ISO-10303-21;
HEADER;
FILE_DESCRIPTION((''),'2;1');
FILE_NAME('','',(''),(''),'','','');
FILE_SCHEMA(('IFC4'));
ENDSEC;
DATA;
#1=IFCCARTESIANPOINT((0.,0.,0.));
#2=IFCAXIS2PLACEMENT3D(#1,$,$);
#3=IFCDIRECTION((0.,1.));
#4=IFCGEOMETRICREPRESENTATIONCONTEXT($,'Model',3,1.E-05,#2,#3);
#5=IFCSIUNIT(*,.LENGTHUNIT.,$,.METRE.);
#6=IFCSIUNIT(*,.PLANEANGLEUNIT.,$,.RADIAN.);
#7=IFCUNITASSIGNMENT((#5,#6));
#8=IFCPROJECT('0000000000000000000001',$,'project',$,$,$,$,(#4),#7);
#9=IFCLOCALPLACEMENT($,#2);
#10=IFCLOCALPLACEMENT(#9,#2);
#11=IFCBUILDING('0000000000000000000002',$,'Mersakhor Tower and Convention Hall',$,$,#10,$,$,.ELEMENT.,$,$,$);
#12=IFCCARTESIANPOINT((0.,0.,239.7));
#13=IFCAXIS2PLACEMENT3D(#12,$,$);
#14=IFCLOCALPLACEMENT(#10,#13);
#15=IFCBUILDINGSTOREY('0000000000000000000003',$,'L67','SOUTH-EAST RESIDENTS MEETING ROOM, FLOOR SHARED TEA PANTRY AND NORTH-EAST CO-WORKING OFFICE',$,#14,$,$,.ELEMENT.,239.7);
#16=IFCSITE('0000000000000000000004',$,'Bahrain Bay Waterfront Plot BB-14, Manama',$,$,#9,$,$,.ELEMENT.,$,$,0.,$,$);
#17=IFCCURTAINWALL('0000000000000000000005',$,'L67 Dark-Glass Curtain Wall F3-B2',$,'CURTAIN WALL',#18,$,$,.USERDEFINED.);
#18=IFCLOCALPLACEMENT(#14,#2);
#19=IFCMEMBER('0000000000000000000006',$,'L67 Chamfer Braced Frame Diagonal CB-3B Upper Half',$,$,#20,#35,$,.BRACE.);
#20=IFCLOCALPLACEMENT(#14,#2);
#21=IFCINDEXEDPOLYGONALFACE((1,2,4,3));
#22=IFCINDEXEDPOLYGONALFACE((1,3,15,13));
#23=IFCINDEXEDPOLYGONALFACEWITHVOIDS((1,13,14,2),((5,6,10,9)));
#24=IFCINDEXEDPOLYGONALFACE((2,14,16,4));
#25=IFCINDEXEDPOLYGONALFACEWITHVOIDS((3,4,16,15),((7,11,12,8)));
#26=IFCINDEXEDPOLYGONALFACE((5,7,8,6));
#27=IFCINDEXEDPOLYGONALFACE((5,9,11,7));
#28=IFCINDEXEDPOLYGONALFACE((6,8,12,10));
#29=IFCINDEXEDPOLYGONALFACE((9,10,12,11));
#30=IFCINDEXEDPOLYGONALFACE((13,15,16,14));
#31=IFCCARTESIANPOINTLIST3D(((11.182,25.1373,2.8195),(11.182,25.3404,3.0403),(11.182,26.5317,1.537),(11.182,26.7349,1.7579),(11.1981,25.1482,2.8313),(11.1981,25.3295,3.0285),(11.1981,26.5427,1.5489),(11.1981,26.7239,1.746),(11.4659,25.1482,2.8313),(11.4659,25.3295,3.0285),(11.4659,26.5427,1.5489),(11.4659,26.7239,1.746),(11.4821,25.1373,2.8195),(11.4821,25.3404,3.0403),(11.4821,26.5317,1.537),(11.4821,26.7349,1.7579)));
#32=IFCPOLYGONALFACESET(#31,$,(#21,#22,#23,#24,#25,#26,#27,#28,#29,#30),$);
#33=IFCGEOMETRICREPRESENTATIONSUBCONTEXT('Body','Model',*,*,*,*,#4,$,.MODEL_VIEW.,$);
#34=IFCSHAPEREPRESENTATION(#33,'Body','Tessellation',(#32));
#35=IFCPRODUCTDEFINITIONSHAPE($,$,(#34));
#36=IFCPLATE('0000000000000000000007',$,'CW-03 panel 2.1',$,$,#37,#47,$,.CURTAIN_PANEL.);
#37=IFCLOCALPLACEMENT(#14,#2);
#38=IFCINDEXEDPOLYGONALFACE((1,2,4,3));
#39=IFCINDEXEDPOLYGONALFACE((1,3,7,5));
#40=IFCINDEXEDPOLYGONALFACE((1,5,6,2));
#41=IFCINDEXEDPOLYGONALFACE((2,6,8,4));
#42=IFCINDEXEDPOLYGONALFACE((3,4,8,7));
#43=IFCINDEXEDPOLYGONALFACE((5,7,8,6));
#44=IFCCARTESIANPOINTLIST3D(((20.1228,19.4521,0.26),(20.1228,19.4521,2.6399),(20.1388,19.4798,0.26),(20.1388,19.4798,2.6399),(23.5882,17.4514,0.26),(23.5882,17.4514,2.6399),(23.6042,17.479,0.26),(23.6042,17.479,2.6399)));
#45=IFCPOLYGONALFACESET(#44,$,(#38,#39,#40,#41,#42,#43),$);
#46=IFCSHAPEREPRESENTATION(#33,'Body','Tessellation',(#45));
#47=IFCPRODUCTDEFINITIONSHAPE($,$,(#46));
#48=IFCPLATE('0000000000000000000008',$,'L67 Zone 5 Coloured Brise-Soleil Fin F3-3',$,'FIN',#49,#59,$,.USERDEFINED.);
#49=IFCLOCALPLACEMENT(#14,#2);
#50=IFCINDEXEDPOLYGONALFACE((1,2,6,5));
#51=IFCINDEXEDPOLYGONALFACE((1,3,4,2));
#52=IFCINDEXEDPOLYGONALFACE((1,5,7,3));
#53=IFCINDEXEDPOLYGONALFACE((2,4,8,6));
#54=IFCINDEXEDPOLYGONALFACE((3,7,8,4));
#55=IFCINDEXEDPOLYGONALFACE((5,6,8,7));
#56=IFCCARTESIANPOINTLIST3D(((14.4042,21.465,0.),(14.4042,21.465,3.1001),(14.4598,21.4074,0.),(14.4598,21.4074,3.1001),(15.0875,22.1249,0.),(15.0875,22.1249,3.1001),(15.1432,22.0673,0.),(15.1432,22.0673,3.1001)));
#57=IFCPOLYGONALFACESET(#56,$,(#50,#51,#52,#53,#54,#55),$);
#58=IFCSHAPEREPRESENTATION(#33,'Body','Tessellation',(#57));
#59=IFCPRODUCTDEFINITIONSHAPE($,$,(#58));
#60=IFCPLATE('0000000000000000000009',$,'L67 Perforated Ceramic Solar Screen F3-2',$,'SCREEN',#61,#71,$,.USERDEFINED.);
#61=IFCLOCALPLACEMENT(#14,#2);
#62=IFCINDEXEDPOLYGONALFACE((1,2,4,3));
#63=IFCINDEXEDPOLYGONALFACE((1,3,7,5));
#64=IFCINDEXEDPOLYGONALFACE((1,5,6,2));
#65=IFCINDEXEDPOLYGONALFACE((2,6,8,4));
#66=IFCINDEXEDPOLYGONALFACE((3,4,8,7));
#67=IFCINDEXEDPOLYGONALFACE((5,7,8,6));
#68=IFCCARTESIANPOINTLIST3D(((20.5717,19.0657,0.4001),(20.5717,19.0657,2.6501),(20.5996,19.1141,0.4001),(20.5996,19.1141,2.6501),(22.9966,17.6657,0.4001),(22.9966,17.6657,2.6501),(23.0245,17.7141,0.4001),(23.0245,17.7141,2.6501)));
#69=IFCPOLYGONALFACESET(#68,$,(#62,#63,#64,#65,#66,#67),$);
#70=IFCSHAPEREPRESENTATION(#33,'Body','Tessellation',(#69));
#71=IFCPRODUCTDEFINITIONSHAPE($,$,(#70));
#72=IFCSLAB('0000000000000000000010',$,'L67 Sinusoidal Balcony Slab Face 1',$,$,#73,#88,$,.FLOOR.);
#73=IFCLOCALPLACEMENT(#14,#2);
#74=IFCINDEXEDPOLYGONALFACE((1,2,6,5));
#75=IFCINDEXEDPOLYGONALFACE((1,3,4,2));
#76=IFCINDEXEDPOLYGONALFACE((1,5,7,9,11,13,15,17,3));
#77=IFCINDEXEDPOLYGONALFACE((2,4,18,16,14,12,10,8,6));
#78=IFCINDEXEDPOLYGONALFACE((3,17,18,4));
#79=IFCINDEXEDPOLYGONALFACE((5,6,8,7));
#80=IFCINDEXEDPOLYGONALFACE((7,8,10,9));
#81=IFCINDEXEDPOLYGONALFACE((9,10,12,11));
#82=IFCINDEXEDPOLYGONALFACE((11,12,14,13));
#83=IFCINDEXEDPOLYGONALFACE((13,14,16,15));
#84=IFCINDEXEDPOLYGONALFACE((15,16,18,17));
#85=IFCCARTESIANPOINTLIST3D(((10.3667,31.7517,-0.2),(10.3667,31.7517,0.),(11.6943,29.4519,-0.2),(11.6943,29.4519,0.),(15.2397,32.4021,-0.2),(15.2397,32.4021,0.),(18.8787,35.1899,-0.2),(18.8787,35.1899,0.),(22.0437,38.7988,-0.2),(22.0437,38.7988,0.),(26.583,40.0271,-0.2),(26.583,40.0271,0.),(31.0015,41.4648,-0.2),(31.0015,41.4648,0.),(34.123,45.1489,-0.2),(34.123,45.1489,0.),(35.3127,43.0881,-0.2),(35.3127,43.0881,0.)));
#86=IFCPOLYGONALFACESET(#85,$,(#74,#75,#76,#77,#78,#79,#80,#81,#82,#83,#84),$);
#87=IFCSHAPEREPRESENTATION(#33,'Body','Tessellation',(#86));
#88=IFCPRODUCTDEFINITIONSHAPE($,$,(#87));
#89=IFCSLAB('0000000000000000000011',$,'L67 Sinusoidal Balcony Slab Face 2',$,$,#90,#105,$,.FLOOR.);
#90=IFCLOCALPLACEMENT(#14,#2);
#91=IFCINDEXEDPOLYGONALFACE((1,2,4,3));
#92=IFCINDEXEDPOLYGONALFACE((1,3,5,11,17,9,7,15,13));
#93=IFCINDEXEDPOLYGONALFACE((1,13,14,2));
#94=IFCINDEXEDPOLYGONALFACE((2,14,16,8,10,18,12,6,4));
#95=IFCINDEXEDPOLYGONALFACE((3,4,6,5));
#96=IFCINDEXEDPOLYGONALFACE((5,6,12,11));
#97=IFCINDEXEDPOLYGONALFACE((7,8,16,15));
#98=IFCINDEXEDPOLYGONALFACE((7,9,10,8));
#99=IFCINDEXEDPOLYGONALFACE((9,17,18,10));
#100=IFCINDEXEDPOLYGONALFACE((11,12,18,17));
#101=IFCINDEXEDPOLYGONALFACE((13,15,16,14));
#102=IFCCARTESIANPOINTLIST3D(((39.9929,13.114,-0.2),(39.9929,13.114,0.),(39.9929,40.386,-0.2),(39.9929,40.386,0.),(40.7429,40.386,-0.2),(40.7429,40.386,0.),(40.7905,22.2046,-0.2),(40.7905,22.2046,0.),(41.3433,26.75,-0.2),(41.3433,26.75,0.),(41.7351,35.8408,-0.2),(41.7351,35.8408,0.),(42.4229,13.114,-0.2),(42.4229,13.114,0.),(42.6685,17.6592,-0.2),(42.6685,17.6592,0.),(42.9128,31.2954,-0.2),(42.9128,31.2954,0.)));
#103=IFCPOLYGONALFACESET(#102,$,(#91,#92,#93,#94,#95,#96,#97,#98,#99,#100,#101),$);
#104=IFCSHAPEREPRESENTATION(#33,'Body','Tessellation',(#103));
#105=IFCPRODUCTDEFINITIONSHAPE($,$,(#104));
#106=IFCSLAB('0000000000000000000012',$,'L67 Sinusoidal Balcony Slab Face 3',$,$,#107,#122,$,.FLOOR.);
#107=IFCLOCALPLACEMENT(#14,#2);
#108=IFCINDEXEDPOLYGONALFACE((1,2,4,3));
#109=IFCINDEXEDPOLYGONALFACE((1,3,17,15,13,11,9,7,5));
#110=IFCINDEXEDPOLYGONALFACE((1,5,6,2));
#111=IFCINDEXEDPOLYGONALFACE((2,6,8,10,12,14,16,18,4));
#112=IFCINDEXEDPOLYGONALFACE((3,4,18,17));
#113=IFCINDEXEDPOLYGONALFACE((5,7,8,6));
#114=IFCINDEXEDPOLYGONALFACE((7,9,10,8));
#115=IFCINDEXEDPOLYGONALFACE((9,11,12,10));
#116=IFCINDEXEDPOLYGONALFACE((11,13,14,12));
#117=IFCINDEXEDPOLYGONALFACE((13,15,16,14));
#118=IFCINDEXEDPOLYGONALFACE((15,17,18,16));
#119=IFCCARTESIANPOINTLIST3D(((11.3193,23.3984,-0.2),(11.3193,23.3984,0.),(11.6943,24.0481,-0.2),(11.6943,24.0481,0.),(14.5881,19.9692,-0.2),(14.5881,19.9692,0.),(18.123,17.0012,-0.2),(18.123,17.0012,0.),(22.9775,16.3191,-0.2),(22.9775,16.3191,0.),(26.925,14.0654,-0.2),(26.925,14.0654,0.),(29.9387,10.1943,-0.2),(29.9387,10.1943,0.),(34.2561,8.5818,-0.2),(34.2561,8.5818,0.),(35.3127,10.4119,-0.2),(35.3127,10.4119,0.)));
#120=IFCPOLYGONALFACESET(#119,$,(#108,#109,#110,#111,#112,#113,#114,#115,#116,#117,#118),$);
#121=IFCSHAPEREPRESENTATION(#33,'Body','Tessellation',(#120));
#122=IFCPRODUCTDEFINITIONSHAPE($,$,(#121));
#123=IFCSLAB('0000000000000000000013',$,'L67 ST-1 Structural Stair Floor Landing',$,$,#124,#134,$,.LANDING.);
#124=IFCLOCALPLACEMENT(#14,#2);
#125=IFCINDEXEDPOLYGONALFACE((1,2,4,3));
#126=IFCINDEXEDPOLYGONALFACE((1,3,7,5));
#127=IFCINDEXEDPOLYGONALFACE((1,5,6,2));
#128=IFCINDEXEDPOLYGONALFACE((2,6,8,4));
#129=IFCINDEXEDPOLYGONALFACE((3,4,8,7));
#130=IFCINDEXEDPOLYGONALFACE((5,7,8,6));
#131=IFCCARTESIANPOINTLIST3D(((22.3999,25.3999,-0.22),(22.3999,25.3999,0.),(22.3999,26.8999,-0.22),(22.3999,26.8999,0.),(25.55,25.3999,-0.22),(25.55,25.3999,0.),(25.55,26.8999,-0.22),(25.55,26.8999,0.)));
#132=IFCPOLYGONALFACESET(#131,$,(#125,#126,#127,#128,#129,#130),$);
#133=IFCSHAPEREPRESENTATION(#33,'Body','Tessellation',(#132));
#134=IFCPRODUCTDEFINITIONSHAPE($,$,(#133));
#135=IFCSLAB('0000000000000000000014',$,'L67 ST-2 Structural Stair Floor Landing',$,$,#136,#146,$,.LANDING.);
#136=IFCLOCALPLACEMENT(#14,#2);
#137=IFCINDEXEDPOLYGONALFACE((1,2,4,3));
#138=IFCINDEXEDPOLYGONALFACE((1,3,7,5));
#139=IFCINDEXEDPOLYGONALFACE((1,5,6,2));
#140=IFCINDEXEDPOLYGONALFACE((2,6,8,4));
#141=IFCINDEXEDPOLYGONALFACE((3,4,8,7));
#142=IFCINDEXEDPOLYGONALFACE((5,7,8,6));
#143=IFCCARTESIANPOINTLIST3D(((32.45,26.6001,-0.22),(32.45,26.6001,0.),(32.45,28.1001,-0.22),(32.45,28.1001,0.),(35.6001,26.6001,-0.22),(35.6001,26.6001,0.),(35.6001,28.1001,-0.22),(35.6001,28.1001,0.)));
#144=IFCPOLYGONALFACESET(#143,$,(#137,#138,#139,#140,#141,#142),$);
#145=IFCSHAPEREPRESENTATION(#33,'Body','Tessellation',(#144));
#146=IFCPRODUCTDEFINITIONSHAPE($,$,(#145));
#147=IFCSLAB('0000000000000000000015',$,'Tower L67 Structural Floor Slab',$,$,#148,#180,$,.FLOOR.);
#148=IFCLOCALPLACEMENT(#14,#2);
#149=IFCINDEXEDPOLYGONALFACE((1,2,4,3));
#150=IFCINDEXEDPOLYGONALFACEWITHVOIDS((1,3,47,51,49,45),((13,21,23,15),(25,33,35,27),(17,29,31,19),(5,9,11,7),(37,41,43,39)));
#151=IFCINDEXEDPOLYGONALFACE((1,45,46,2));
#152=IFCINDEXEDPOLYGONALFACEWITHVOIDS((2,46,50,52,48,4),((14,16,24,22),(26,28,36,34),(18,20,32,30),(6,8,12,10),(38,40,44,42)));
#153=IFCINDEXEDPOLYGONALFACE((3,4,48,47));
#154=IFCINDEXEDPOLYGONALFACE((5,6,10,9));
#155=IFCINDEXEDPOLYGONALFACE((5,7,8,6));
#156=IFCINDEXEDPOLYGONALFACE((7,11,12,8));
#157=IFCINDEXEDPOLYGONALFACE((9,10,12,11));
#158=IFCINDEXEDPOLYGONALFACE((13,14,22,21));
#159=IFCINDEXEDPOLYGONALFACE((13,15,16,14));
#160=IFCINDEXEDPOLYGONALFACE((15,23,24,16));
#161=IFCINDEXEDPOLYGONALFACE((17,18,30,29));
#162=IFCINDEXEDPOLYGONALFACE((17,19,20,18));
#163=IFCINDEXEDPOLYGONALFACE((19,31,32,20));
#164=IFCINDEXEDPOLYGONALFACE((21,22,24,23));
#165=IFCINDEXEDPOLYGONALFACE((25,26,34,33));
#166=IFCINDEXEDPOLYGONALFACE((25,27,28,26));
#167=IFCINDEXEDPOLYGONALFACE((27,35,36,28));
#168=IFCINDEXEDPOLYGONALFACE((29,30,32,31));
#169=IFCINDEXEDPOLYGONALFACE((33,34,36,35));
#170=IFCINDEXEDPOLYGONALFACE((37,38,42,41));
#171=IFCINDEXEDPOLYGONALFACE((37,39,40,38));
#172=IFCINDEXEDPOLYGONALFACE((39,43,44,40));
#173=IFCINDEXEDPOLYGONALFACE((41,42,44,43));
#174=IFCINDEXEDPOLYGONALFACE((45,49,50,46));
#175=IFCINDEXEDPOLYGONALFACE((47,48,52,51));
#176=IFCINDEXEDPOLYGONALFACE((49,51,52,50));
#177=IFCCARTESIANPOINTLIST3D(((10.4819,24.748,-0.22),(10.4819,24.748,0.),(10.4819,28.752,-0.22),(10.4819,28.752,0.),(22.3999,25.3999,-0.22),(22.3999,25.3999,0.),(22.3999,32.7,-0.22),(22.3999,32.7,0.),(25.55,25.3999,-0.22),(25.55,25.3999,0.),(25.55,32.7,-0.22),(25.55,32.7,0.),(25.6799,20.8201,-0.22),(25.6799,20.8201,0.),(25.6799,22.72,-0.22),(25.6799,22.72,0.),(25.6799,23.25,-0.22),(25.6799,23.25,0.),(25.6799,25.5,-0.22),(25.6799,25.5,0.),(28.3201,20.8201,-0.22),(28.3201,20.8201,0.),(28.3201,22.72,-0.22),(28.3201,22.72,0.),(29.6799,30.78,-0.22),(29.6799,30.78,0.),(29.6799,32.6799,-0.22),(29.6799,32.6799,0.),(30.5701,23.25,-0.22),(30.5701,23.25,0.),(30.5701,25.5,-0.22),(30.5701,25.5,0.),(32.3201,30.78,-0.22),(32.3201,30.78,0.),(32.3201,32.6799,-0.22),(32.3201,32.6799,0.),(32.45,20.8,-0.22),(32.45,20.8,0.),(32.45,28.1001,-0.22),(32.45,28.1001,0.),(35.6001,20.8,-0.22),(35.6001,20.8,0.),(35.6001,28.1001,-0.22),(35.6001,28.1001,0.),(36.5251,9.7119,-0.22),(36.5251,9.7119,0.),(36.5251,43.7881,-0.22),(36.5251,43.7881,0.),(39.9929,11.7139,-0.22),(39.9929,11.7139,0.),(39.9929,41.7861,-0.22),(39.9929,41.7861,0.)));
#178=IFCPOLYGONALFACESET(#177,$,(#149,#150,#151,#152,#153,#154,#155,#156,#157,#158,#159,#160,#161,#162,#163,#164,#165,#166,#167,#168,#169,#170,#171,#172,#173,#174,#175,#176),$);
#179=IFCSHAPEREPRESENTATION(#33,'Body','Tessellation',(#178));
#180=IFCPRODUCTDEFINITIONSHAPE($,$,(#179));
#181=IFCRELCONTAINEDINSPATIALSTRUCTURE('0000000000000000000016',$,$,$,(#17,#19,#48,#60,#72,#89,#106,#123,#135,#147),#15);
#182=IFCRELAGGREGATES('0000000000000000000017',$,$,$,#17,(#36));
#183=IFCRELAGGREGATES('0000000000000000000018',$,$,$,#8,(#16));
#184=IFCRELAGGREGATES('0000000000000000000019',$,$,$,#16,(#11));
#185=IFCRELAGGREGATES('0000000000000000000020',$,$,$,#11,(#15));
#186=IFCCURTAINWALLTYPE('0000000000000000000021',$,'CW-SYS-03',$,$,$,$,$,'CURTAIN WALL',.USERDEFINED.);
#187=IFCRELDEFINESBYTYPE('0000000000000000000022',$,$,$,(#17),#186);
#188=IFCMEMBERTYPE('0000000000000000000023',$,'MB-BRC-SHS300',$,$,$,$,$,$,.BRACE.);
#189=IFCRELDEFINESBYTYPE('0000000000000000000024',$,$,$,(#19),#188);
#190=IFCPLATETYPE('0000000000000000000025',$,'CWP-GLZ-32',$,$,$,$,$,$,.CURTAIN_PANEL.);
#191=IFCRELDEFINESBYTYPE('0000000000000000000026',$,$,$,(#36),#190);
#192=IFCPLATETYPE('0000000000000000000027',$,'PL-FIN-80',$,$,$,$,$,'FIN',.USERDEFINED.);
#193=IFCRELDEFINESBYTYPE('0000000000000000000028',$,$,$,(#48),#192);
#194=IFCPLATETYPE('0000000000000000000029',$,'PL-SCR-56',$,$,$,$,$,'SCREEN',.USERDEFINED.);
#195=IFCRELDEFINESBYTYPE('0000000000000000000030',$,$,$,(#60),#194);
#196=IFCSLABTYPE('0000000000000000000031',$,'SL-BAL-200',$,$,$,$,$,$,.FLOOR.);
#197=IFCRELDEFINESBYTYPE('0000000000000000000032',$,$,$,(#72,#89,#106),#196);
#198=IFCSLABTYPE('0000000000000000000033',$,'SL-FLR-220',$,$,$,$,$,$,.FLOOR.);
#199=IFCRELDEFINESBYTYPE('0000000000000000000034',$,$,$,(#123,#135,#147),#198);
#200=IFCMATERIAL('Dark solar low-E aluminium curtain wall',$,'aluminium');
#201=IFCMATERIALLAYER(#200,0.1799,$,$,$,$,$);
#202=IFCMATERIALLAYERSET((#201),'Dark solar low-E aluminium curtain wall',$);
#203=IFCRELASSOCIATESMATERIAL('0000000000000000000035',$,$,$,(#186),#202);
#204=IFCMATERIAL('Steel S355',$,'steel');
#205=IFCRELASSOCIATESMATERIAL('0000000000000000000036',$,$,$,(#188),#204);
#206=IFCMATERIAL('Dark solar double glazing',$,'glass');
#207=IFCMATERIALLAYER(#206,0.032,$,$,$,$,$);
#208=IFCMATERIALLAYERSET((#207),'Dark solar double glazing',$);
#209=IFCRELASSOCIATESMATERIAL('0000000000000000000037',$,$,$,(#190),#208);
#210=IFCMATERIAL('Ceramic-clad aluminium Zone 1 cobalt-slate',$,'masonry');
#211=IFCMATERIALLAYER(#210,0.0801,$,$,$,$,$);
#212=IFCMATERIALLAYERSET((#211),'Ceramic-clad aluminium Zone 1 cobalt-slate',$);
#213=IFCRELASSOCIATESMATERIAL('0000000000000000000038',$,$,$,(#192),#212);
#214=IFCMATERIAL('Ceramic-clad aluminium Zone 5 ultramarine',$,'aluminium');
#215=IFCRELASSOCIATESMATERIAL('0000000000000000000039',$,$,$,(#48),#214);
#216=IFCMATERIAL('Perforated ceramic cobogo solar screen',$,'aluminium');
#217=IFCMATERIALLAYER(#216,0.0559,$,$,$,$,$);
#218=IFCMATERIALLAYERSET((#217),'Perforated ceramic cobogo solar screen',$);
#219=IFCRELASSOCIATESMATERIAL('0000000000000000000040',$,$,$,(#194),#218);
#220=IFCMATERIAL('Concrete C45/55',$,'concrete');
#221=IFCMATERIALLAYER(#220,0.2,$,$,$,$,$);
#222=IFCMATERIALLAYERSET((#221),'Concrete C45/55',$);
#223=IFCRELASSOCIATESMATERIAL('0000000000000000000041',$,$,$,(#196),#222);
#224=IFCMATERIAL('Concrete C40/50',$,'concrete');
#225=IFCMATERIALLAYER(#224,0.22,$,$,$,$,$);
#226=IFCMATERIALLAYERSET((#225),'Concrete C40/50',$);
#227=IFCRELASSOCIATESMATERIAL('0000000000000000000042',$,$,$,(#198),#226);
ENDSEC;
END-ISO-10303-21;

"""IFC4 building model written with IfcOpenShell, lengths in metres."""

from ifc_helpers import new_model, si_unit, direction, frame, origin, origin_2d, place, context, subcontext, project, spatial, polyline, rectangle, hollow_rectangle, outline, extrude, material, layer, layer_set, material_profile, profile_set, type_object, element, aggregate, save


model = new_model("IFC4")

# Units and contexts
model_context = context("Model", 3, precision=1e-05, world=origin(), true_north=direction((0.0, 1.0)))
body_context = subcontext(model_context, "Body", "Model", "MODEL_VIEW")
ifc_project = project(units=[si_unit("LENGTHUNIT", "METRE"), si_unit("PLANEANGLEUNIT", "RADIAN")], contexts=[model_context])

# Site, building, storey
site_placement = place(None, origin())
site = spatial("IfcSite", under=ifc_project, at=site_placement, Name="Bahrain Bay Waterfront Plot BB-14, Manama", CompositionType="ELEMENT", RefElevation=0.0)
building_placement = place(site_placement, origin())
building = spatial("IfcBuilding", under=site, at=building_placement, Name="Mersakhor Tower and Convention Hall", CompositionType="ELEMENT")
storey_placement = place(building_placement, frame((0.0, 0.0, 239.7)))
storey = spatial("IfcBuildingStorey", under=building, at=storey_placement, Name="L67", Description="SOUTH-EAST RESIDENTS MEETING ROOM, FLOOR SHARED TEA PANTRY AND NORTH-EAST CO-WORKING OFFICE", CompositionType="ELEMENT", Elevation=239.7)

# Curtain wall
ifc_material_1 = material(Name="Dark solar low-E aluminium curtain wall", Category="aluminium")
ifc_layer_1 = layer(ifc_material_1, 0.1799)
ifc_layer_set_1 = layer_set([ifc_layer_1], Name="Dark solar low-E aluminium curtain wall")
curtain_wall_type = type_object("IfcCurtainWallType", Name="CW-SYS-03", ElementType="CURTAIN WALL", PredefinedType="USERDEFINED", material=ifc_layer_set_1)
curtain_wall_placement = place(storey_placement, origin())
curtain_wall = element("IfcCurtainWall", 1, at=curtain_wall_placement, inside=storey, type_object=curtain_wall_type, Name="L67 Dark-Glass Curtain Wall F3-B2", ObjectType="CURTAIN WALL", PredefinedType="USERDEFINED")

# Member
ifc_material_2 = material(Name="Steel S355", Category="steel")
ifc_material_profile_1 = material_profile(ifc_material_2, hollow_rectangle(XDim=0.3, YDim=0.3, WallThickness=0.0161, at=origin_2d()), Name="SHS 300x300x16")
ifc_profile_set_1 = profile_set([ifc_material_profile_1], Name="Steel S355")
member_type_1 = type_object("IfcMemberType", Name="MB-BRC-SHS300", PredefinedType="BRACE", material=ifc_profile_set_1)
member_1_placement = place(storey_placement, frame((11.332, 26.6333, 1.6475), z_axis=(0.0, -0.736062, 0.676914), x_axis=(1.0, 0.0, 0.0)))
element("IfcMember", 2, at=member_1_placement, inside=storey, type_object=member_type_1, Name="L67 Chamfer Braced Frame Diagonal CB-3B Upper Half", PredefinedType="BRACE", context=body_context, shape_type="SweptSolid", body=[
    extrude(hollow_rectangle(XDim=0.3, YDim=0.3, WallThickness=0.0161, at=origin_2d()), origin(), (0.0, 0.0, 1.0), 1.8945),
])

# Plate
ifc_material_3 = material(Name="Dark solar double glazing", Category="glass")
ifc_layer_2 = layer(ifc_material_3, 0.032)
ifc_layer_set_2 = layer_set([ifc_layer_2], Name="Dark solar double glazing")
plate_type_1 = type_object("IfcPlateType", Name="CWP-GLZ-32", PredefinedType="CURTAIN_PANEL", material=ifc_layer_set_2)
plate_1_placement = place(storey_placement, frame((21.8635, 18.4656, 0.26), z_axis=(0.0, 0.0, 1.0), x_axis=(-0.866023, 0.500004, 0.0)))
plate_1 = element("IfcPlate", 3, at=plate_1_placement, type_object=plate_type_1, Name="CW-03 panel 2.1", PredefinedType="CURTAIN_PANEL", context=body_context, shape_type="SweptSolid", body=[
    extrude(rectangle(XDim=4.0015, YDim=0.032, at=origin_2d()), origin(), (0.0, 0.0, 1.0), 2.3799),
])
aggregate(curtain_wall, [plate_1])

# Plates
ifc_material_4 = material(Name="Ceramic-clad aluminium Zone 5 ultramarine", Category="aluminium")
ifc_material_5 = material(Name="Ceramic-clad aluminium Zone 1 cobalt-slate", Category="masonry")
ifc_layer_3 = layer(ifc_material_5, 0.0801)
ifc_layer_set_3 = layer_set([ifc_layer_3], Name="Ceramic-clad aluminium Zone 1 cobalt-slate")
plate_type_2 = type_object("IfcPlateType", Name="PL-FIN-80", ElementType="FIN", PredefinedType="USERDEFINED", material=ifc_layer_set_3)
plate_2_placement = place(storey_placement, frame((14.7737, 21.7661, 0.0), z_axis=(0.0, 0.0, 1.0), x_axis=(-0.71934, -0.694658, 0.0)))
element("IfcPlate", 4, at=plate_2_placement, inside=storey, type_object=plate_type_2, material=ifc_material_4, Name="L67 Zone 5 Coloured Brise-Soleil Fin F3-3", ObjectType="FIN", PredefinedType="USERDEFINED", context=body_context, shape_type="SweptSolid", body=[
    extrude(rectangle(XDim=0.95, YDim=0.0801, at=origin_2d()), origin(), (0.0, 0.0, 1.0), 3.1001),
])
ifc_material_6 = material(Name="Perforated ceramic cobogo solar screen", Category="aluminium")
ifc_layer_4 = layer(ifc_material_6, 0.0559)
ifc_layer_set_4 = layer_set([ifc_layer_4], Name="Perforated ceramic cobogo solar screen")
plate_type_3 = type_object("IfcPlateType", Name="PL-SCR-56", ElementType="SCREEN", PredefinedType="USERDEFINED", material=ifc_layer_set_4)
plate_3_placement = place(storey_placement, frame((21.7981, 18.3899, 0.4001), z_axis=(0.0, 0.0, 1.0), x_axis=(-0.866025, 0.5, 0.0)))
element("IfcPlate", 5, at=plate_3_placement, inside=storey, type_object=plate_type_3, Name="L67 Perforated Ceramic Solar Screen F3-2", ObjectType="SCREEN", PredefinedType="USERDEFINED", context=body_context, shape_type="SweptSolid", body=[
    extrude(rectangle(XDim=2.8, YDim=0.0559, at=origin_2d()), origin(), (0.0, 0.0, 1.0), 2.25),
])

# Slabs
ifc_material_7 = material(Name="Concrete C45/55", Category="concrete")
ifc_layer_5 = layer(ifc_material_7, 0.2)
ifc_layer_set_5 = layer_set([ifc_layer_5], Name="Concrete C45/55")
slab_type_1 = type_object("IfcSlabType", Name="SL-BAL-200", PredefinedType="FLOOR", material=ifc_layer_set_5)
slab_1_placement = place(storey_placement, frame((0.0, 0.0, -0.2)))
element("IfcSlab", 6, at=slab_1_placement, inside=storey, type_object=slab_type_1, Name="L67 Sinusoidal Balcony Slab Face 1", PredefinedType="FLOOR", context=body_context, shape_type="SweptSolid", body=[
    extrude(outline(polyline([(11.6943, 29.4519), (35.3127, 43.0881), (34.123, 45.1489), (31.0015, 41.4648), (26.583, 40.0271), (22.0437, 38.7988), (18.8787, 35.1899), (15.2397, 32.4021), (10.3667, 31.7517), (11.6943, 29.4519)])), origin(), (0.0, 0.0, 1.0), 0.2),
])
slab_2_placement = place(storey_placement, frame((0.0, 0.0, -0.2)))
element("IfcSlab", 7, at=slab_2_placement, inside=storey, type_object=slab_type_1, Name="L67 Sinusoidal Balcony Slab Face 2", PredefinedType="FLOOR", context=body_context, shape_type="SweptSolid", body=[
    extrude(outline(polyline([(39.9929, 40.386), (39.9929, 13.114), (42.4229, 13.114), (42.6685, 17.6592), (40.7905, 22.2046), (41.3433, 26.75), (42.9128, 31.2954), (41.7351, 35.8408), (40.7429, 40.386), (39.9929, 40.386)])), origin(), (0.0, 0.0, 1.0), 0.2),
])
slab_3_placement = place(storey_placement, frame((0.0, 0.0, -0.2)))
element("IfcSlab", 8, at=slab_3_placement, inside=storey, type_object=slab_type_1, Name="L67 Sinusoidal Balcony Slab Face 3", PredefinedType="FLOOR", context=body_context, shape_type="SweptSolid", body=[
    extrude(outline(polyline([(35.3127, 10.4119), (11.6943, 24.0481), (11.3193, 23.3984), (14.5881, 19.9692), (18.123, 17.0012), (22.9775, 16.3191), (26.925, 14.0654), (29.9387, 10.1943), (34.2561, 8.5818), (35.3127, 10.4119)])), origin(), (0.0, 0.0, 1.0), 0.2),
])
ifc_material_8 = material(Name="Concrete C40/50", Category="concrete")
ifc_layer_6 = layer(ifc_material_8, 0.22)
ifc_layer_set_6 = layer_set([ifc_layer_6], Name="Concrete C40/50")
slab_type_2 = type_object("IfcSlabType", Name="SL-FLR-220", PredefinedType="FLOOR", material=ifc_layer_set_6)
slab_4_placement = place(storey_placement, frame((0.0, 0.0, -0.22)))
element("IfcSlab", 9, at=slab_4_placement, inside=storey, type_object=slab_type_2, Name="L67 ST-1 Structural Stair Floor Landing", PredefinedType="LANDING", context=body_context, shape_type="SweptSolid", body=[
    extrude(outline(polyline([(25.55, 25.3999), (25.55, 26.8999), (22.3999, 26.8999), (22.3999, 25.3999), (25.55, 25.3999)])), origin(), (0.0, 0.0, 1.0), 0.22),
])
slab_5_placement = place(storey_placement, frame((0.0, 0.0, -0.22)))
element("IfcSlab", 10, at=slab_5_placement, inside=storey, type_object=slab_type_2, Name="L67 ST-2 Structural Stair Floor Landing", PredefinedType="LANDING", context=body_context, shape_type="SweptSolid", body=[
    extrude(outline(polyline([(32.45, 28.1001), (32.45, 26.6001), (35.6001, 26.6001), (35.6001, 28.1001), (32.45, 28.1001)])), origin(), (0.0, 0.0, 1.0), 0.22),
])
slab_6_placement = place(storey_placement, frame((0.0, 0.0, -0.22)))
element("IfcSlab", 11, at=slab_6_placement, inside=storey, type_object=slab_type_2, Name="Tower L67 Structural Floor Slab", PredefinedType="FLOOR", context=body_context, shape_type="SweptSolid", body=[
    extrude(outline(polyline([(10.4819, 28.752), (36.5251, 43.7881), (39.9929, 41.7861), (39.9929, 11.7139), (36.5251, 9.7119), (10.4819, 24.748), (10.4819, 28.752)]), holes=[polyline([(25.55, 25.3999), (25.55, 32.7), (22.3999, 32.7), (22.3999, 25.3999), (25.55, 25.3999)]), polyline([(32.45, 28.1001), (32.45, 20.8), (35.6001, 20.8), (35.6001, 28.1001), (32.45, 28.1001)]), polyline([(25.6799, 20.8201), (25.6799, 22.72), (28.3201, 22.72), (28.3201, 20.8201), (25.6799, 20.8201)]), polyline([(29.6799, 30.78), (29.6799, 32.6799), (32.3201, 32.6799), (32.3201, 30.78), (29.6799, 30.78)]), polyline([(25.6799, 23.25), (25.6799, 25.5), (30.5701, 25.5), (30.5701, 23.25), (25.6799, 23.25)])]), origin(), (0.0, 0.0, 1.0), 0.22),
])

save(model, "model.ifc")
